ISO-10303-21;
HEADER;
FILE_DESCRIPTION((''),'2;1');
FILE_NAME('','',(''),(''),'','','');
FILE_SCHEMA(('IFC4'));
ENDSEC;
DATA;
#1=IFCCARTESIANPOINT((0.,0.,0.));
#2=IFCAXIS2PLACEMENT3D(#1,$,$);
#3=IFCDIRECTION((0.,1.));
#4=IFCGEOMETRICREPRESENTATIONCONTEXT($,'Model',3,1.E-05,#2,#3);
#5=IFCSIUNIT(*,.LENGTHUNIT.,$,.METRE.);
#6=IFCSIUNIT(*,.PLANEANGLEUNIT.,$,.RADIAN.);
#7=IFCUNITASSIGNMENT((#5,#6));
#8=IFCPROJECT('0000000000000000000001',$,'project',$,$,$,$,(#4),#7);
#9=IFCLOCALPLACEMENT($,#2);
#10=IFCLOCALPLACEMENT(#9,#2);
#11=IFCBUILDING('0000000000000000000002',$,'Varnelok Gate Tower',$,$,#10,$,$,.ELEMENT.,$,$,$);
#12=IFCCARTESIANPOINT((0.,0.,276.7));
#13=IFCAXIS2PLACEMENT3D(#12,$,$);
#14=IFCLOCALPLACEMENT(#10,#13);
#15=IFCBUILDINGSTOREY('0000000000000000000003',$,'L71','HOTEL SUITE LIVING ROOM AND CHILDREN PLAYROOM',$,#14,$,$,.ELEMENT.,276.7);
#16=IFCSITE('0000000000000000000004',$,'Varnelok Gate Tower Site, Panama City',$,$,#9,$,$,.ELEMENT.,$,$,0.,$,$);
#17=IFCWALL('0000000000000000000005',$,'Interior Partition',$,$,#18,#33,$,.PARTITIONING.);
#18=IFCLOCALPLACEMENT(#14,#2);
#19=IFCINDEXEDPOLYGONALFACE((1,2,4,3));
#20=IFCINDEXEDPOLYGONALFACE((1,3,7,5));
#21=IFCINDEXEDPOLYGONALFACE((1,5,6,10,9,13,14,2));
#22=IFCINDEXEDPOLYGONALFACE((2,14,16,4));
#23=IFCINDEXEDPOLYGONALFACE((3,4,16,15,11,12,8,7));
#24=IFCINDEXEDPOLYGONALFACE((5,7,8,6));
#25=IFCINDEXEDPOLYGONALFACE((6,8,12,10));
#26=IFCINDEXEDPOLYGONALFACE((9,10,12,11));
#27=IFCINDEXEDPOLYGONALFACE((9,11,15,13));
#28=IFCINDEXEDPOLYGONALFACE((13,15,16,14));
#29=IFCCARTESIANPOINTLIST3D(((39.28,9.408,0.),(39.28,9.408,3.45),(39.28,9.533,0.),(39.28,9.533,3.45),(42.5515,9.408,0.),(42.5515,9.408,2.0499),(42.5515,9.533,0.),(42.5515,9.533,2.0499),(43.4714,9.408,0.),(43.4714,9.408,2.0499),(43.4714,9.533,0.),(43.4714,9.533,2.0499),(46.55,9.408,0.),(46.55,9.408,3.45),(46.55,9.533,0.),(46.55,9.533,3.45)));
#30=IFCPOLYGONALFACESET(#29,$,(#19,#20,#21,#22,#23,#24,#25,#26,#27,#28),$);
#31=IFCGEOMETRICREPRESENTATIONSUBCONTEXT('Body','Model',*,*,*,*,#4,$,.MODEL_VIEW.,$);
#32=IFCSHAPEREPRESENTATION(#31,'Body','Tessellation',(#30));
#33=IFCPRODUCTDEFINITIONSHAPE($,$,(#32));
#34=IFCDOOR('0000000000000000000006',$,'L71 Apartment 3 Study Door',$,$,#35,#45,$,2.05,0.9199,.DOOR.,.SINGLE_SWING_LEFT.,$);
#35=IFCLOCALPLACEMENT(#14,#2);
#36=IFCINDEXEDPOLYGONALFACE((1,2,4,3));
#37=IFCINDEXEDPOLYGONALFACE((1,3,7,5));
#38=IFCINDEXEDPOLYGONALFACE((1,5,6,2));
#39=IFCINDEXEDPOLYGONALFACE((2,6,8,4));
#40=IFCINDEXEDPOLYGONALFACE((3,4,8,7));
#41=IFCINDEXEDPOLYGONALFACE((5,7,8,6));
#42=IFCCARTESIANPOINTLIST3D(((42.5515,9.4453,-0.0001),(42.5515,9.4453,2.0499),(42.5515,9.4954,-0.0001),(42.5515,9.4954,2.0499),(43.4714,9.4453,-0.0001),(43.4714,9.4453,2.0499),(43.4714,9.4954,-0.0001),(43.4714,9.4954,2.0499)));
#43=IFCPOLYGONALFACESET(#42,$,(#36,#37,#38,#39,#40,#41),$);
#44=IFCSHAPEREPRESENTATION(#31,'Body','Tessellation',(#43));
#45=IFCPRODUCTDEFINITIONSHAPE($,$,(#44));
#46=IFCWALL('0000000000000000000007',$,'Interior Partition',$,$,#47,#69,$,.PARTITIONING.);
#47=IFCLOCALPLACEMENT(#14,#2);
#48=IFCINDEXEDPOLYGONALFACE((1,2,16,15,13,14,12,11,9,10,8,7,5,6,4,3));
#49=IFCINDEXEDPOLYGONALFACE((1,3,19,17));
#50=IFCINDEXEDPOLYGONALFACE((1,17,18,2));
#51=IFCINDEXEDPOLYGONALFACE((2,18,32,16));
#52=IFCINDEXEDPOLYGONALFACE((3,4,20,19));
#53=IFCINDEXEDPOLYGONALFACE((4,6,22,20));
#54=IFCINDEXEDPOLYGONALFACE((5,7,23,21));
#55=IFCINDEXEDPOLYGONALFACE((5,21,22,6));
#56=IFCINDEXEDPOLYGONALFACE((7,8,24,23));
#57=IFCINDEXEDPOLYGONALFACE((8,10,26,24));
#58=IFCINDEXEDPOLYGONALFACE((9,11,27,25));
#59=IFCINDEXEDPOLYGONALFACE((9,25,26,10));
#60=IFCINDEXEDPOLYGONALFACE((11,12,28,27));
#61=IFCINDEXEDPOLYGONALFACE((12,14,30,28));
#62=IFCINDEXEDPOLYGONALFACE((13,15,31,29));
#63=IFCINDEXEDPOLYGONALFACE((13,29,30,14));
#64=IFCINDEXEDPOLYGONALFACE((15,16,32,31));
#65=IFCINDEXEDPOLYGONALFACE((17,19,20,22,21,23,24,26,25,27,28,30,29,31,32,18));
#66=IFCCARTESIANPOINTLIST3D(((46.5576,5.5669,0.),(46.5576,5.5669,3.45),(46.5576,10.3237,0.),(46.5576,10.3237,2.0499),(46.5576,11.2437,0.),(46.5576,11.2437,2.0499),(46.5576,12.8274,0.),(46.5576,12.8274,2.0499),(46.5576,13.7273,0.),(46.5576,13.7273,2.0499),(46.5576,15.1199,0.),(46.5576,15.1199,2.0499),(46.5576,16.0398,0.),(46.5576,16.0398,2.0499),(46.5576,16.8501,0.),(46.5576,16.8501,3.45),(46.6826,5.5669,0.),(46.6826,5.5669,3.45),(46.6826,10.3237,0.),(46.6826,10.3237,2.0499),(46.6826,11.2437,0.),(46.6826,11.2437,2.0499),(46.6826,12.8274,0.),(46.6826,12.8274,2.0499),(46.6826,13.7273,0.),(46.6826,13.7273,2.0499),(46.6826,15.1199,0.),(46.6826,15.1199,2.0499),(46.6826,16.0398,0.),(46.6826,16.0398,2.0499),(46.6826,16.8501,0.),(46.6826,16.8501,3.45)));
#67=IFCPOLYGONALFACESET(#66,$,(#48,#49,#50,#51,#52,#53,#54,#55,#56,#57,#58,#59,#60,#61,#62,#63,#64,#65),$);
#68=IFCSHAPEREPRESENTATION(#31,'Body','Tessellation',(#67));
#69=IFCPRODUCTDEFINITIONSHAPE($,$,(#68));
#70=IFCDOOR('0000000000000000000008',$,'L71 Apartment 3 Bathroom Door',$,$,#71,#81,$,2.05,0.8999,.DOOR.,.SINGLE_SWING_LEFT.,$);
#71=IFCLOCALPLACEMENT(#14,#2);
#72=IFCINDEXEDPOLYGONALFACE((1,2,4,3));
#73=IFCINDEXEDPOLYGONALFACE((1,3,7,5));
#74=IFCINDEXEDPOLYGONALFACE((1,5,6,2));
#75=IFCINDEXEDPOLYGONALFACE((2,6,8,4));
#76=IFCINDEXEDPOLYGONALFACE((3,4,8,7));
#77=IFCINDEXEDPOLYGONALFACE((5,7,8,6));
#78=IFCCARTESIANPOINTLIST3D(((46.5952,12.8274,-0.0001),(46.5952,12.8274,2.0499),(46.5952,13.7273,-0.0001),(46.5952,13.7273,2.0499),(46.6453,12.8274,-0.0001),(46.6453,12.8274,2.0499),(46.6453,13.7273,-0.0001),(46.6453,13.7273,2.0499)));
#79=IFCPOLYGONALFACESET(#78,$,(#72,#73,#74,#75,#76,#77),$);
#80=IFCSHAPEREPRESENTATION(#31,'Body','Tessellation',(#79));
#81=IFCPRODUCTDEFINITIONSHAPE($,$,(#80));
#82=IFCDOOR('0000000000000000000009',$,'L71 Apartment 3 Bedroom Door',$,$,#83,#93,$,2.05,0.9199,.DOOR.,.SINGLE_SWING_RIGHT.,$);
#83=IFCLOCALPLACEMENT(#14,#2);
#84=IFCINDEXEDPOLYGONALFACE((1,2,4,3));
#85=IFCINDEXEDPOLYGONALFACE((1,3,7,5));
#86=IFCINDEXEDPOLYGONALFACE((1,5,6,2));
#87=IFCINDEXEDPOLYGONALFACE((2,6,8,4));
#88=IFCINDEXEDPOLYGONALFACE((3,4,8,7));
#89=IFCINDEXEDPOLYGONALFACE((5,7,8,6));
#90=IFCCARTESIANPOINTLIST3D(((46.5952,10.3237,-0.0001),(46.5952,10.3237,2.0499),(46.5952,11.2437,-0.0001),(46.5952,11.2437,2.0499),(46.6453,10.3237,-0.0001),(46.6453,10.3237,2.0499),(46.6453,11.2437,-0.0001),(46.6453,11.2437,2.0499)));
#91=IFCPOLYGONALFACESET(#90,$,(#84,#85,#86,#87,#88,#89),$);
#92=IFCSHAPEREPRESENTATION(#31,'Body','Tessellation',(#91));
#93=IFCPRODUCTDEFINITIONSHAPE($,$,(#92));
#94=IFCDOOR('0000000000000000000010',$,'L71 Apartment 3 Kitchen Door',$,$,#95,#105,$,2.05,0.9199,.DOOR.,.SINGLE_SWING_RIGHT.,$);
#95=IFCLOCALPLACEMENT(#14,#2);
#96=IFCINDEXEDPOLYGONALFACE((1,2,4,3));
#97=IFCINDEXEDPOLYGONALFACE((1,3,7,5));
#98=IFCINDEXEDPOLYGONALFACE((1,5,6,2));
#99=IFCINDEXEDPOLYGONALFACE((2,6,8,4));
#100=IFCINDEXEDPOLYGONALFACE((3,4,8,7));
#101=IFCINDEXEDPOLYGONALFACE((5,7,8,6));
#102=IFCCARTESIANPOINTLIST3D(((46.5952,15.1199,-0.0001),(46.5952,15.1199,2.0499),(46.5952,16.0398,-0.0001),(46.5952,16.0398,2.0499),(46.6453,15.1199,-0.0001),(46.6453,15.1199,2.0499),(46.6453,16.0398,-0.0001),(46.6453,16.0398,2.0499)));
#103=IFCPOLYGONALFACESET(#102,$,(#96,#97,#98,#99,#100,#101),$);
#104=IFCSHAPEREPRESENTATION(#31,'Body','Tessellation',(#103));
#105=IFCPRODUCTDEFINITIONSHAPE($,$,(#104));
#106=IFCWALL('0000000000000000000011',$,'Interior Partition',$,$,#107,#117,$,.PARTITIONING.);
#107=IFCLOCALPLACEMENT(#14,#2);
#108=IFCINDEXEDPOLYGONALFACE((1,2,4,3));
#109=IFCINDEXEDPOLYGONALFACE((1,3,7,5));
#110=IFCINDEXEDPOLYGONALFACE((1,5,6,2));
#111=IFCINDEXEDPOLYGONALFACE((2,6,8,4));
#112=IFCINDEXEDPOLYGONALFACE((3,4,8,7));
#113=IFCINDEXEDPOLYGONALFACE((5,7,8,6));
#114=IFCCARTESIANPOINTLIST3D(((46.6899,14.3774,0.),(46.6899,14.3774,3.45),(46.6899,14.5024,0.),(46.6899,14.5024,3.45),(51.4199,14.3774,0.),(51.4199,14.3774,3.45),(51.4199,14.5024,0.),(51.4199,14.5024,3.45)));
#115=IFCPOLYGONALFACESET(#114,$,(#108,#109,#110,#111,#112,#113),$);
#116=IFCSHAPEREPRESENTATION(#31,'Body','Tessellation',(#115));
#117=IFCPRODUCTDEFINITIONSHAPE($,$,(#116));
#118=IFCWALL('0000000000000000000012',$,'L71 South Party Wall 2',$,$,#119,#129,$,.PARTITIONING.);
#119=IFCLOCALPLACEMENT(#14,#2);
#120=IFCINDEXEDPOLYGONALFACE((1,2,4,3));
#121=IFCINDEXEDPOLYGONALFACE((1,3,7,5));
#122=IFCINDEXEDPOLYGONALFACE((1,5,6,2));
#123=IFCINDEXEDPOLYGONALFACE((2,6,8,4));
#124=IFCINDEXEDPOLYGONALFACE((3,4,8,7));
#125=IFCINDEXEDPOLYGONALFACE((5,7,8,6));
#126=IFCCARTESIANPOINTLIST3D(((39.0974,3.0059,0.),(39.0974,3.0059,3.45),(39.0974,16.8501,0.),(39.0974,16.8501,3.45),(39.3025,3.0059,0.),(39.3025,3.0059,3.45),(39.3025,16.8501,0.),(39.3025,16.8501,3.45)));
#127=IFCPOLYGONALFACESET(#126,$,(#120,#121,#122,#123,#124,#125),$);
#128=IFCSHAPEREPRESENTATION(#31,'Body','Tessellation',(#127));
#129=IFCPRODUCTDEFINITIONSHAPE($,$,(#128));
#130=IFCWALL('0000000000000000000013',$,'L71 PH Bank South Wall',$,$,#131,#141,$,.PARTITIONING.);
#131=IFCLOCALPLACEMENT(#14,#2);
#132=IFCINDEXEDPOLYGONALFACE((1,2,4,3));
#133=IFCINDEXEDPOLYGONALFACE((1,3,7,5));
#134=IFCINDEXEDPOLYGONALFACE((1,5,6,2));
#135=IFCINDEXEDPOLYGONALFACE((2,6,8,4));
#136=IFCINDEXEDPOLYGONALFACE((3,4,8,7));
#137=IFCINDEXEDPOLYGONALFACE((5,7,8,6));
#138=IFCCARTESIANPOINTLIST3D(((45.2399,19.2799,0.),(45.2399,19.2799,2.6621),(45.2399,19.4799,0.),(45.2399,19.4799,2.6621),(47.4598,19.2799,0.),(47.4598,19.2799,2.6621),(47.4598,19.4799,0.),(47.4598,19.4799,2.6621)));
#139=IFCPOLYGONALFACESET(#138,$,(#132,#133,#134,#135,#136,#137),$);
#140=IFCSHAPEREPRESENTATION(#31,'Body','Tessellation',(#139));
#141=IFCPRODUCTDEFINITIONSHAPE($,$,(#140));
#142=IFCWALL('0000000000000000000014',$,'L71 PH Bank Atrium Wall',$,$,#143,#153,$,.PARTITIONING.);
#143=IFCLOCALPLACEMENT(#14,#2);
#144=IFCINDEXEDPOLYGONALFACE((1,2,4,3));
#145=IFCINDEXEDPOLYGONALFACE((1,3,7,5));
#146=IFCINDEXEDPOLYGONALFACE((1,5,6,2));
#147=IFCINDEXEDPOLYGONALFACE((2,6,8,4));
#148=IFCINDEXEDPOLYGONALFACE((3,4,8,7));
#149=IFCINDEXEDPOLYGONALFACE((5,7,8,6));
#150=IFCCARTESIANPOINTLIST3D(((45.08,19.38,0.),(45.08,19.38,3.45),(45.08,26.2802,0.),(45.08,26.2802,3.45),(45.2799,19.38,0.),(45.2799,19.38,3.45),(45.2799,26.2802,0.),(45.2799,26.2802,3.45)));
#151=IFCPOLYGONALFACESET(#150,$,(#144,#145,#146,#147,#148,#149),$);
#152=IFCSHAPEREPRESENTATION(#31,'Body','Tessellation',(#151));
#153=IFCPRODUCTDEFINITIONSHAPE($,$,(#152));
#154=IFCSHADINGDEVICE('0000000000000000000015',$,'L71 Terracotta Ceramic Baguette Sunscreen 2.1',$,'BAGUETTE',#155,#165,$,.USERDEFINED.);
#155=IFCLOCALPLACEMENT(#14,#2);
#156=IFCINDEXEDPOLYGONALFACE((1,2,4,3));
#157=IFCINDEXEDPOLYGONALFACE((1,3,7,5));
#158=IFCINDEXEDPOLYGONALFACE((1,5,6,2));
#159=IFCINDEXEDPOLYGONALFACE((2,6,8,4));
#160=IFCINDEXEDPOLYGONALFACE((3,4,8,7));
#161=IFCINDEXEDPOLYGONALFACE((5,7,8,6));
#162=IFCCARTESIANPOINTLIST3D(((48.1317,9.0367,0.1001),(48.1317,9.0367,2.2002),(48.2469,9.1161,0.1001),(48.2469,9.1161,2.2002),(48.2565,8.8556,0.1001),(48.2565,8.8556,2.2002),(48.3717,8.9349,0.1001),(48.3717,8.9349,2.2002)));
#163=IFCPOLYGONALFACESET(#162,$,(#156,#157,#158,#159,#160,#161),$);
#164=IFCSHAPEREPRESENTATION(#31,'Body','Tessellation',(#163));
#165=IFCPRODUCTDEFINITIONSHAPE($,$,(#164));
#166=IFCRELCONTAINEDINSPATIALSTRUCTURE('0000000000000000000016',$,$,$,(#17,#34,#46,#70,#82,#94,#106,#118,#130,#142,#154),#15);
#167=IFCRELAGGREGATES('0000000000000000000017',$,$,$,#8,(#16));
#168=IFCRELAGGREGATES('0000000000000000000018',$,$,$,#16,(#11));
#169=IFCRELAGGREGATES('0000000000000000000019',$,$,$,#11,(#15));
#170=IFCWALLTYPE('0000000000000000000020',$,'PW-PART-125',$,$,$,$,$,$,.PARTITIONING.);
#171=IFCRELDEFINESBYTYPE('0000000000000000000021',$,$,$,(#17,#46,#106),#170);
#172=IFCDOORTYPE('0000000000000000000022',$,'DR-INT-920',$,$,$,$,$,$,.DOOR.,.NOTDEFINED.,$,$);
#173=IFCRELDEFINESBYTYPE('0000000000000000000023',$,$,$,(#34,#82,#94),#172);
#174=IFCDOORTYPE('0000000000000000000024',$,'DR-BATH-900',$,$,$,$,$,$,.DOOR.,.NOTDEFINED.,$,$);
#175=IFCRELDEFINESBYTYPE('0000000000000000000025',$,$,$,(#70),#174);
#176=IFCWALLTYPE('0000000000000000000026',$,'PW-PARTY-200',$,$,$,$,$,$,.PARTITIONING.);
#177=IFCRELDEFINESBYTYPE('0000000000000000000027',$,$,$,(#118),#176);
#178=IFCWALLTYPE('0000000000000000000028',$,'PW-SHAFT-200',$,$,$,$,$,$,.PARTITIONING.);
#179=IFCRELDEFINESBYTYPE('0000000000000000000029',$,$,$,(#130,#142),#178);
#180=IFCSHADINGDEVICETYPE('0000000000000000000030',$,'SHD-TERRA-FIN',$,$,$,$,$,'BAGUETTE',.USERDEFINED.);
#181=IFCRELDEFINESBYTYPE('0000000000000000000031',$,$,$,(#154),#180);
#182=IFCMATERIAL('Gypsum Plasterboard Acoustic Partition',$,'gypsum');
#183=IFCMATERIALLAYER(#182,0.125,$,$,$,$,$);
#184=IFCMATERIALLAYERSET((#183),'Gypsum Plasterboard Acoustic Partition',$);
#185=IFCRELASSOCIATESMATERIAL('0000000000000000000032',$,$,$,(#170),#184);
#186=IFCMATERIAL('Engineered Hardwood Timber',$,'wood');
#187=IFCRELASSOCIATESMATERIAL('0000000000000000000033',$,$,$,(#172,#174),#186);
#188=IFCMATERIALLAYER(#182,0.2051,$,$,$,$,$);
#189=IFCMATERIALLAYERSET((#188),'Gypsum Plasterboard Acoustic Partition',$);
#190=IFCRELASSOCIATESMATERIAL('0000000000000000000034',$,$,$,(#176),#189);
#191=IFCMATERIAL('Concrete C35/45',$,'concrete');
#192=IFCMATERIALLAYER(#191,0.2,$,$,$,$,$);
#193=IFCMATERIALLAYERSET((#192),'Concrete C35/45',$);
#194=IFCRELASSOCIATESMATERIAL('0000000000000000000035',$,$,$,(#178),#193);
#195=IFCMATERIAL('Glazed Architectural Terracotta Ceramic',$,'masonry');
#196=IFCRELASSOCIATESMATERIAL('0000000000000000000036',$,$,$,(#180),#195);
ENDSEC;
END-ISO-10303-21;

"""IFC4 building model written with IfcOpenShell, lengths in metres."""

from ifc_helpers import new_model, si_unit, direction, frame, frame_2d, origin, origin_2d, place, context, subcontext, project, spatial, rectangle, extrude, source, transform, mapped, material, layer, layer_set, type_object, element, fill, save


model = new_model("IFC4")

# Units and contexts
model_context = context("Model", 3, precision=1e-05, world=origin(), true_north=direction((0.0, 1.0)))
body_context = subcontext(model_context, "Body", "Model", "MODEL_VIEW")
ifc_project = project(units=[si_unit("LENGTHUNIT", "METRE"), si_unit("PLANEANGLEUNIT", "RADIAN")], contexts=[model_context])

# Site, building, storey
site_placement = place(None, origin())
site = spatial("IfcSite", under=ifc_project, at=site_placement, Name="Varnelok Gate Tower Site, Panama City", CompositionType="ELEMENT", RefElevation=0.0)
building_placement = place(site_placement, origin())
building = spatial("IfcBuilding", under=site, at=building_placement, Name="Varnelok Gate Tower", CompositionType="ELEMENT")
storey_placement = place(building_placement, frame((0.0, 0.0, 276.7)))
storey = spatial("IfcBuildingStorey", under=building, at=storey_placement, Name="L71", Description="HOTEL SUITE LIVING ROOM AND CHILDREN PLAYROOM", CompositionType="ELEMENT", Elevation=276.7)

# Shared definitions
ifc_material_1 = material(Name="Gypsum Plasterboard Acoustic Partition", Category="gypsum")
ifc_material_2 = material(Name="Engineered Hardwood Timber", Category="wood")

# Wall, opening, door
ifc_layer_1 = layer(ifc_material_1, 0.125)
ifc_layer_set_1 = layer_set([ifc_layer_1], Name="Gypsum Plasterboard Acoustic Partition")
wall_type_1 = type_object("IfcWallType", Name="PW-PART-125", PredefinedType="PARTITIONING", material=ifc_layer_set_1)
wall_1_placement = place(storey_placement, frame((39.28, 9.4705, 0.0), z_axis=(0.0, 0.0, 1.0), x_axis=(1.0, 0.0, 0.0)))
wall_1 = element("IfcWall", 1, at=wall_1_placement, inside=storey, type_object=wall_type_1, Name="Interior Partition", PredefinedType="PARTITIONING", context=body_context, shape_type="SweptSolid", body=[
    extrude(rectangle(XDim=7.27, YDim=0.125, at=frame_2d((3.635, 0.0))), origin(), (0.0, 0.0, 1.0), 3.45),
])
opening_1_placement = place(wall_1_placement, frame((3.2715, 0.0, 0.0)))
opening_1 = element("IfcOpeningElement", 2, at=opening_1_placement, cuts=wall_1, PredefinedType="OPENING", context=body_context, shape_type="SweptSolid", body=[
    extrude(rectangle(XDim=0.9199, YDim=2.05, at=frame_2d((0.46, 1.0249))), frame((0.0, 0.0725, 0.0), z_axis=(0.0, -1.0, 0.0), x_axis=(1.0, 0.0, 0.0)), (0.0, 0.0, 1.0), 0.145),
])
door_type_1 = type_object("IfcDoorType", Name="DR-INT-920", OperationType="NOTDEFINED", PredefinedType="DOOR", material=ifc_material_2)
door_1_placement = place(opening_1_placement, origin())
door_1 = element("IfcDoor", 3, at=door_1_placement, inside=storey, type_object=door_type_1, Name="L71 Apartment 3 Study Door", OperationType="SINGLE_SWING_LEFT", OverallHeight=2.05, OverallWidth=0.9199, PredefinedType="DOOR", context=body_context, shape_type="SweptSolid", body=[
    extrude(rectangle(XDim=0.9199, YDim=2.05, at=frame_2d((0.46, 1.0249))), frame((0.0, 0.0249, 0.0), z_axis=(0.0, -1.0, 0.0), x_axis=(1.0, 0.0, 0.0)), (0.0, 0.0, 1.0), 0.05),
])
fill(opening_1, door_1)

# Wall, openings, doors
wall_2_placement = place(storey_placement, frame((46.6201, 5.5669, 0.0), z_axis=(0.0, 0.0, 1.0), x_axis=(0.0, 1.0, 0.0)))
wall_2 = element("IfcWall", 4, at=wall_2_placement, inside=storey, type_object=wall_type_1, Name="Interior Partition", PredefinedType="PARTITIONING", context=body_context, shape_type="SweptSolid", body=[
    extrude(rectangle(XDim=11.2832, YDim=0.125, at=frame_2d((5.6416, 0.0))), origin(), (0.0, 0.0, 1.0), 3.45),
])
opening_2_placement = place(wall_2_placement, frame((4.7568, 0.0, 0.0)))
opening_2 = element("IfcOpeningElement", 5, at=opening_2_placement, cuts=wall_2, PredefinedType="OPENING", context=body_context, shape_type="SweptSolid", body=[
    extrude(rectangle(XDim=0.9199, YDim=2.05, at=frame_2d((0.46, 1.0249))), frame((0.0, 0.0725, 0.0), z_axis=(0.0, -1.0, 0.0), x_axis=(1.0, 0.0, 0.0)), (0.0, 0.0, 1.0), 0.145),
])
opening_3_placement = place(wall_2_placement, frame((7.2605, 0.0, 0.0)))
opening_3 = element("IfcOpeningElement", 6, at=opening_3_placement, cuts=wall_2, PredefinedType="OPENING", context=body_context, shape_type="SweptSolid", body=[
    extrude(rectangle(XDim=0.8999, YDim=2.05, at=frame_2d((0.45, 1.0249))), frame((0.0, 0.0725, 0.0), z_axis=(0.0, -1.0, 0.0), x_axis=(1.0, 0.0, 0.0)), (0.0, 0.0, 1.0), 0.145),
])
opening_4_placement = place(wall_2_placement, frame((9.553, 0.0, 0.0)))
opening_4 = element("IfcOpeningElement", 7, at=opening_4_placement, cuts=wall_2, PredefinedType="OPENING", context=body_context, shape_type="SweptSolid", body=[
    extrude(rectangle(XDim=0.9199, YDim=2.05, at=frame_2d((0.46, 1.0249))), frame((0.0, 0.0725, 0.0), z_axis=(0.0, -1.0, 0.0), x_axis=(1.0, 0.0, 0.0)), (0.0, 0.0, 1.0), 0.145),
])
door_type_2 = type_object("IfcDoorType", Name="DR-BATH-900", OperationType="NOTDEFINED", PredefinedType="DOOR", material=ifc_material_2)
door_2_placement = place(opening_3_placement, origin())
door_2 = element("IfcDoor", 8, at=door_2_placement, inside=storey, type_object=door_type_2, Name="L71 Apartment 3 Bathroom Door", OperationType="SINGLE_SWING_LEFT", OverallHeight=2.05, OverallWidth=0.8999, PredefinedType="DOOR", context=body_context, shape_type="SweptSolid", body=[
    extrude(rectangle(XDim=0.8999, YDim=2.05, at=frame_2d((0.45, 1.0249))), frame((0.0, 0.0249, 0.0), z_axis=(0.0, -1.0, 0.0), x_axis=(1.0, 0.0, 0.0)), (0.0, 0.0, 1.0), 0.05),
])
fill(opening_3, door_2)
door_3_placement = place(opening_2_placement, origin())
door_3 = element("IfcDoor", 9, at=door_3_placement, inside=storey, type_object=door_type_1, Name="L71 Apartment 3 Bedroom Door", OperationType="SINGLE_SWING_RIGHT", OverallHeight=2.05, OverallWidth=0.9199, PredefinedType="DOOR", context=body_context, shape_type="SweptSolid", body=[
    extrude(rectangle(XDim=0.9199, YDim=2.05, at=frame_2d((0.46, 1.0249))), frame((0.0, 0.0249, 0.0), z_axis=(0.0, -1.0, 0.0), x_axis=(1.0, 0.0, 0.0)), (0.0, 0.0, 1.0), 0.05),
])
fill(opening_2, door_3)
door_4_placement = place(opening_4_placement, origin())
door_4 = element("IfcDoor", 10, at=door_4_placement, inside=storey, type_object=door_type_1, Name="L71 Apartment 3 Kitchen Door", OperationType="SINGLE_SWING_RIGHT", OverallHeight=2.05, OverallWidth=0.9199, PredefinedType="DOOR", context=body_context, shape_type="SweptSolid", body=[
    extrude(rectangle(XDim=0.9199, YDim=2.05, at=frame_2d((0.46, 1.0249))), frame((0.0, 0.0249, 0.0), z_axis=(0.0, -1.0, 0.0), x_axis=(1.0, 0.0, 0.0)), (0.0, 0.0, 1.0), 0.05),
])
fill(opening_4, door_4)

# Walls
wall_3_placement = place(storey_placement, frame((46.6899, 14.4399, 0.0), z_axis=(0.0, 0.0, 1.0), x_axis=(1.0, 0.0, 0.0)))
element("IfcWall", 11, at=wall_3_placement, inside=storey, type_object=wall_type_1, Name="Interior Partition", PredefinedType="PARTITIONING", context=body_context, shape_type="SweptSolid", body=[
    extrude(rectangle(XDim=4.73, YDim=0.125, at=frame_2d((2.365, 0.0))), origin(), (0.0, 0.0, 1.0), 3.45),
])
ifc_layer_2 = layer(ifc_material_1, 0.2051)
ifc_layer_set_2 = layer_set([ifc_layer_2], Name="Gypsum Plasterboard Acoustic Partition")
wall_type_2 = type_object("IfcWallType", Name="PW-PARTY-200", PredefinedType="PARTITIONING", material=ifc_layer_set_2)
wall_4_placement = place(storey_placement, frame((39.2, 3.0059, 0.0), z_axis=(0.0, 0.0, 1.0), x_axis=(0.0, 1.0, 0.0)))
element("IfcWall", 12, at=wall_4_placement, inside=storey, type_object=wall_type_2, Name="L71 South Party Wall 2", PredefinedType="PARTITIONING", context=body_context, shape_type="SweptSolid", body=[
    extrude(rectangle(XDim=13.8442, YDim=0.2051, at=frame_2d((6.9221, 0.0))), origin(), (0.0, 0.0, 1.0), 3.45),
])
ifc_material_3 = material(Name="Concrete C35/45", Category="concrete")
ifc_layer_3 = layer(ifc_material_3, 0.2)
ifc_layer_set_3 = layer_set([ifc_layer_3], Name="Concrete C35/45")
wall_type_3 = type_object("IfcWallType", Name="PW-SHAFT-200", PredefinedType="PARTITIONING", material=ifc_layer_set_3)
wall_5_placement = place(storey_placement, frame((45.24, 19.3799, 0.0), z_axis=(0.0, 0.0, 1.0), x_axis=(1.0, 0.0, 0.0)))
element("IfcWall", 13, at=wall_5_placement, inside=storey, type_object=wall_type_3, Name="L71 PH Bank South Wall", PredefinedType="PARTITIONING", context=body_context, shape_type="SweptSolid", body=[
    extrude(rectangle(XDim=2.22, YDim=0.2, at=frame_2d((1.1099, 0.0))), origin(), (0.0, 0.0, 1.0), 2.6621),
])
wall_6_placement = place(storey_placement, frame((45.1799, 19.3799, 0.0), z_axis=(0.0, 0.0, 1.0), x_axis=(0.0, 1.0, 0.0)))
element("IfcWall", 14, at=wall_6_placement, inside=storey, type_object=wall_type_3, Name="L71 PH Bank Atrium Wall", PredefinedType="PARTITIONING", context=body_context, shape_type="SweptSolid", body=[
    extrude(rectangle(XDim=6.9001, YDim=0.2, at=frame_2d((3.4502, 0.0))), origin(), (0.0, 0.0, 1.0), 3.45),
])

# Shading device
ifc_material_4 = material(Name="Glazed Architectural Terracotta Ceramic", Category="masonry")
shading_device_type = type_object("IfcShadingDeviceType", Name="SHD-TERRA-FIN", ElementType="BAGUETTE", PredefinedType="USERDEFINED", material=ifc_material_4)
shared_shape_1 = source(origin(), body_context, "Body", "SweptSolid", [
    extrude(rectangle(XDim=0.1399, YDim=0.22, at=origin_2d()), origin(), (0.0, 0.0, 1.0), 2.1001),
])
shading_device_placement = place(storey_placement, frame((48.2517, 8.9858, 0.1001), z_axis=(0.0, 0.0, 1.0), x_axis=(0.823533, 0.567269, 0.0)))
element("IfcShadingDevice", 15, at=shading_device_placement, inside=storey, type_object=shading_device_type, Name="L71 Terracotta Ceramic Baguette Sunscreen 2.1", ObjectType="BAGUETTE", PredefinedType="USERDEFINED", context=body_context, shape_type="MappedRepresentation", body=[
    mapped(shared_shape_1, transform((0.0, 0.0, 0.0), scale=1.0)),
])

save(model, "model.ifc")
